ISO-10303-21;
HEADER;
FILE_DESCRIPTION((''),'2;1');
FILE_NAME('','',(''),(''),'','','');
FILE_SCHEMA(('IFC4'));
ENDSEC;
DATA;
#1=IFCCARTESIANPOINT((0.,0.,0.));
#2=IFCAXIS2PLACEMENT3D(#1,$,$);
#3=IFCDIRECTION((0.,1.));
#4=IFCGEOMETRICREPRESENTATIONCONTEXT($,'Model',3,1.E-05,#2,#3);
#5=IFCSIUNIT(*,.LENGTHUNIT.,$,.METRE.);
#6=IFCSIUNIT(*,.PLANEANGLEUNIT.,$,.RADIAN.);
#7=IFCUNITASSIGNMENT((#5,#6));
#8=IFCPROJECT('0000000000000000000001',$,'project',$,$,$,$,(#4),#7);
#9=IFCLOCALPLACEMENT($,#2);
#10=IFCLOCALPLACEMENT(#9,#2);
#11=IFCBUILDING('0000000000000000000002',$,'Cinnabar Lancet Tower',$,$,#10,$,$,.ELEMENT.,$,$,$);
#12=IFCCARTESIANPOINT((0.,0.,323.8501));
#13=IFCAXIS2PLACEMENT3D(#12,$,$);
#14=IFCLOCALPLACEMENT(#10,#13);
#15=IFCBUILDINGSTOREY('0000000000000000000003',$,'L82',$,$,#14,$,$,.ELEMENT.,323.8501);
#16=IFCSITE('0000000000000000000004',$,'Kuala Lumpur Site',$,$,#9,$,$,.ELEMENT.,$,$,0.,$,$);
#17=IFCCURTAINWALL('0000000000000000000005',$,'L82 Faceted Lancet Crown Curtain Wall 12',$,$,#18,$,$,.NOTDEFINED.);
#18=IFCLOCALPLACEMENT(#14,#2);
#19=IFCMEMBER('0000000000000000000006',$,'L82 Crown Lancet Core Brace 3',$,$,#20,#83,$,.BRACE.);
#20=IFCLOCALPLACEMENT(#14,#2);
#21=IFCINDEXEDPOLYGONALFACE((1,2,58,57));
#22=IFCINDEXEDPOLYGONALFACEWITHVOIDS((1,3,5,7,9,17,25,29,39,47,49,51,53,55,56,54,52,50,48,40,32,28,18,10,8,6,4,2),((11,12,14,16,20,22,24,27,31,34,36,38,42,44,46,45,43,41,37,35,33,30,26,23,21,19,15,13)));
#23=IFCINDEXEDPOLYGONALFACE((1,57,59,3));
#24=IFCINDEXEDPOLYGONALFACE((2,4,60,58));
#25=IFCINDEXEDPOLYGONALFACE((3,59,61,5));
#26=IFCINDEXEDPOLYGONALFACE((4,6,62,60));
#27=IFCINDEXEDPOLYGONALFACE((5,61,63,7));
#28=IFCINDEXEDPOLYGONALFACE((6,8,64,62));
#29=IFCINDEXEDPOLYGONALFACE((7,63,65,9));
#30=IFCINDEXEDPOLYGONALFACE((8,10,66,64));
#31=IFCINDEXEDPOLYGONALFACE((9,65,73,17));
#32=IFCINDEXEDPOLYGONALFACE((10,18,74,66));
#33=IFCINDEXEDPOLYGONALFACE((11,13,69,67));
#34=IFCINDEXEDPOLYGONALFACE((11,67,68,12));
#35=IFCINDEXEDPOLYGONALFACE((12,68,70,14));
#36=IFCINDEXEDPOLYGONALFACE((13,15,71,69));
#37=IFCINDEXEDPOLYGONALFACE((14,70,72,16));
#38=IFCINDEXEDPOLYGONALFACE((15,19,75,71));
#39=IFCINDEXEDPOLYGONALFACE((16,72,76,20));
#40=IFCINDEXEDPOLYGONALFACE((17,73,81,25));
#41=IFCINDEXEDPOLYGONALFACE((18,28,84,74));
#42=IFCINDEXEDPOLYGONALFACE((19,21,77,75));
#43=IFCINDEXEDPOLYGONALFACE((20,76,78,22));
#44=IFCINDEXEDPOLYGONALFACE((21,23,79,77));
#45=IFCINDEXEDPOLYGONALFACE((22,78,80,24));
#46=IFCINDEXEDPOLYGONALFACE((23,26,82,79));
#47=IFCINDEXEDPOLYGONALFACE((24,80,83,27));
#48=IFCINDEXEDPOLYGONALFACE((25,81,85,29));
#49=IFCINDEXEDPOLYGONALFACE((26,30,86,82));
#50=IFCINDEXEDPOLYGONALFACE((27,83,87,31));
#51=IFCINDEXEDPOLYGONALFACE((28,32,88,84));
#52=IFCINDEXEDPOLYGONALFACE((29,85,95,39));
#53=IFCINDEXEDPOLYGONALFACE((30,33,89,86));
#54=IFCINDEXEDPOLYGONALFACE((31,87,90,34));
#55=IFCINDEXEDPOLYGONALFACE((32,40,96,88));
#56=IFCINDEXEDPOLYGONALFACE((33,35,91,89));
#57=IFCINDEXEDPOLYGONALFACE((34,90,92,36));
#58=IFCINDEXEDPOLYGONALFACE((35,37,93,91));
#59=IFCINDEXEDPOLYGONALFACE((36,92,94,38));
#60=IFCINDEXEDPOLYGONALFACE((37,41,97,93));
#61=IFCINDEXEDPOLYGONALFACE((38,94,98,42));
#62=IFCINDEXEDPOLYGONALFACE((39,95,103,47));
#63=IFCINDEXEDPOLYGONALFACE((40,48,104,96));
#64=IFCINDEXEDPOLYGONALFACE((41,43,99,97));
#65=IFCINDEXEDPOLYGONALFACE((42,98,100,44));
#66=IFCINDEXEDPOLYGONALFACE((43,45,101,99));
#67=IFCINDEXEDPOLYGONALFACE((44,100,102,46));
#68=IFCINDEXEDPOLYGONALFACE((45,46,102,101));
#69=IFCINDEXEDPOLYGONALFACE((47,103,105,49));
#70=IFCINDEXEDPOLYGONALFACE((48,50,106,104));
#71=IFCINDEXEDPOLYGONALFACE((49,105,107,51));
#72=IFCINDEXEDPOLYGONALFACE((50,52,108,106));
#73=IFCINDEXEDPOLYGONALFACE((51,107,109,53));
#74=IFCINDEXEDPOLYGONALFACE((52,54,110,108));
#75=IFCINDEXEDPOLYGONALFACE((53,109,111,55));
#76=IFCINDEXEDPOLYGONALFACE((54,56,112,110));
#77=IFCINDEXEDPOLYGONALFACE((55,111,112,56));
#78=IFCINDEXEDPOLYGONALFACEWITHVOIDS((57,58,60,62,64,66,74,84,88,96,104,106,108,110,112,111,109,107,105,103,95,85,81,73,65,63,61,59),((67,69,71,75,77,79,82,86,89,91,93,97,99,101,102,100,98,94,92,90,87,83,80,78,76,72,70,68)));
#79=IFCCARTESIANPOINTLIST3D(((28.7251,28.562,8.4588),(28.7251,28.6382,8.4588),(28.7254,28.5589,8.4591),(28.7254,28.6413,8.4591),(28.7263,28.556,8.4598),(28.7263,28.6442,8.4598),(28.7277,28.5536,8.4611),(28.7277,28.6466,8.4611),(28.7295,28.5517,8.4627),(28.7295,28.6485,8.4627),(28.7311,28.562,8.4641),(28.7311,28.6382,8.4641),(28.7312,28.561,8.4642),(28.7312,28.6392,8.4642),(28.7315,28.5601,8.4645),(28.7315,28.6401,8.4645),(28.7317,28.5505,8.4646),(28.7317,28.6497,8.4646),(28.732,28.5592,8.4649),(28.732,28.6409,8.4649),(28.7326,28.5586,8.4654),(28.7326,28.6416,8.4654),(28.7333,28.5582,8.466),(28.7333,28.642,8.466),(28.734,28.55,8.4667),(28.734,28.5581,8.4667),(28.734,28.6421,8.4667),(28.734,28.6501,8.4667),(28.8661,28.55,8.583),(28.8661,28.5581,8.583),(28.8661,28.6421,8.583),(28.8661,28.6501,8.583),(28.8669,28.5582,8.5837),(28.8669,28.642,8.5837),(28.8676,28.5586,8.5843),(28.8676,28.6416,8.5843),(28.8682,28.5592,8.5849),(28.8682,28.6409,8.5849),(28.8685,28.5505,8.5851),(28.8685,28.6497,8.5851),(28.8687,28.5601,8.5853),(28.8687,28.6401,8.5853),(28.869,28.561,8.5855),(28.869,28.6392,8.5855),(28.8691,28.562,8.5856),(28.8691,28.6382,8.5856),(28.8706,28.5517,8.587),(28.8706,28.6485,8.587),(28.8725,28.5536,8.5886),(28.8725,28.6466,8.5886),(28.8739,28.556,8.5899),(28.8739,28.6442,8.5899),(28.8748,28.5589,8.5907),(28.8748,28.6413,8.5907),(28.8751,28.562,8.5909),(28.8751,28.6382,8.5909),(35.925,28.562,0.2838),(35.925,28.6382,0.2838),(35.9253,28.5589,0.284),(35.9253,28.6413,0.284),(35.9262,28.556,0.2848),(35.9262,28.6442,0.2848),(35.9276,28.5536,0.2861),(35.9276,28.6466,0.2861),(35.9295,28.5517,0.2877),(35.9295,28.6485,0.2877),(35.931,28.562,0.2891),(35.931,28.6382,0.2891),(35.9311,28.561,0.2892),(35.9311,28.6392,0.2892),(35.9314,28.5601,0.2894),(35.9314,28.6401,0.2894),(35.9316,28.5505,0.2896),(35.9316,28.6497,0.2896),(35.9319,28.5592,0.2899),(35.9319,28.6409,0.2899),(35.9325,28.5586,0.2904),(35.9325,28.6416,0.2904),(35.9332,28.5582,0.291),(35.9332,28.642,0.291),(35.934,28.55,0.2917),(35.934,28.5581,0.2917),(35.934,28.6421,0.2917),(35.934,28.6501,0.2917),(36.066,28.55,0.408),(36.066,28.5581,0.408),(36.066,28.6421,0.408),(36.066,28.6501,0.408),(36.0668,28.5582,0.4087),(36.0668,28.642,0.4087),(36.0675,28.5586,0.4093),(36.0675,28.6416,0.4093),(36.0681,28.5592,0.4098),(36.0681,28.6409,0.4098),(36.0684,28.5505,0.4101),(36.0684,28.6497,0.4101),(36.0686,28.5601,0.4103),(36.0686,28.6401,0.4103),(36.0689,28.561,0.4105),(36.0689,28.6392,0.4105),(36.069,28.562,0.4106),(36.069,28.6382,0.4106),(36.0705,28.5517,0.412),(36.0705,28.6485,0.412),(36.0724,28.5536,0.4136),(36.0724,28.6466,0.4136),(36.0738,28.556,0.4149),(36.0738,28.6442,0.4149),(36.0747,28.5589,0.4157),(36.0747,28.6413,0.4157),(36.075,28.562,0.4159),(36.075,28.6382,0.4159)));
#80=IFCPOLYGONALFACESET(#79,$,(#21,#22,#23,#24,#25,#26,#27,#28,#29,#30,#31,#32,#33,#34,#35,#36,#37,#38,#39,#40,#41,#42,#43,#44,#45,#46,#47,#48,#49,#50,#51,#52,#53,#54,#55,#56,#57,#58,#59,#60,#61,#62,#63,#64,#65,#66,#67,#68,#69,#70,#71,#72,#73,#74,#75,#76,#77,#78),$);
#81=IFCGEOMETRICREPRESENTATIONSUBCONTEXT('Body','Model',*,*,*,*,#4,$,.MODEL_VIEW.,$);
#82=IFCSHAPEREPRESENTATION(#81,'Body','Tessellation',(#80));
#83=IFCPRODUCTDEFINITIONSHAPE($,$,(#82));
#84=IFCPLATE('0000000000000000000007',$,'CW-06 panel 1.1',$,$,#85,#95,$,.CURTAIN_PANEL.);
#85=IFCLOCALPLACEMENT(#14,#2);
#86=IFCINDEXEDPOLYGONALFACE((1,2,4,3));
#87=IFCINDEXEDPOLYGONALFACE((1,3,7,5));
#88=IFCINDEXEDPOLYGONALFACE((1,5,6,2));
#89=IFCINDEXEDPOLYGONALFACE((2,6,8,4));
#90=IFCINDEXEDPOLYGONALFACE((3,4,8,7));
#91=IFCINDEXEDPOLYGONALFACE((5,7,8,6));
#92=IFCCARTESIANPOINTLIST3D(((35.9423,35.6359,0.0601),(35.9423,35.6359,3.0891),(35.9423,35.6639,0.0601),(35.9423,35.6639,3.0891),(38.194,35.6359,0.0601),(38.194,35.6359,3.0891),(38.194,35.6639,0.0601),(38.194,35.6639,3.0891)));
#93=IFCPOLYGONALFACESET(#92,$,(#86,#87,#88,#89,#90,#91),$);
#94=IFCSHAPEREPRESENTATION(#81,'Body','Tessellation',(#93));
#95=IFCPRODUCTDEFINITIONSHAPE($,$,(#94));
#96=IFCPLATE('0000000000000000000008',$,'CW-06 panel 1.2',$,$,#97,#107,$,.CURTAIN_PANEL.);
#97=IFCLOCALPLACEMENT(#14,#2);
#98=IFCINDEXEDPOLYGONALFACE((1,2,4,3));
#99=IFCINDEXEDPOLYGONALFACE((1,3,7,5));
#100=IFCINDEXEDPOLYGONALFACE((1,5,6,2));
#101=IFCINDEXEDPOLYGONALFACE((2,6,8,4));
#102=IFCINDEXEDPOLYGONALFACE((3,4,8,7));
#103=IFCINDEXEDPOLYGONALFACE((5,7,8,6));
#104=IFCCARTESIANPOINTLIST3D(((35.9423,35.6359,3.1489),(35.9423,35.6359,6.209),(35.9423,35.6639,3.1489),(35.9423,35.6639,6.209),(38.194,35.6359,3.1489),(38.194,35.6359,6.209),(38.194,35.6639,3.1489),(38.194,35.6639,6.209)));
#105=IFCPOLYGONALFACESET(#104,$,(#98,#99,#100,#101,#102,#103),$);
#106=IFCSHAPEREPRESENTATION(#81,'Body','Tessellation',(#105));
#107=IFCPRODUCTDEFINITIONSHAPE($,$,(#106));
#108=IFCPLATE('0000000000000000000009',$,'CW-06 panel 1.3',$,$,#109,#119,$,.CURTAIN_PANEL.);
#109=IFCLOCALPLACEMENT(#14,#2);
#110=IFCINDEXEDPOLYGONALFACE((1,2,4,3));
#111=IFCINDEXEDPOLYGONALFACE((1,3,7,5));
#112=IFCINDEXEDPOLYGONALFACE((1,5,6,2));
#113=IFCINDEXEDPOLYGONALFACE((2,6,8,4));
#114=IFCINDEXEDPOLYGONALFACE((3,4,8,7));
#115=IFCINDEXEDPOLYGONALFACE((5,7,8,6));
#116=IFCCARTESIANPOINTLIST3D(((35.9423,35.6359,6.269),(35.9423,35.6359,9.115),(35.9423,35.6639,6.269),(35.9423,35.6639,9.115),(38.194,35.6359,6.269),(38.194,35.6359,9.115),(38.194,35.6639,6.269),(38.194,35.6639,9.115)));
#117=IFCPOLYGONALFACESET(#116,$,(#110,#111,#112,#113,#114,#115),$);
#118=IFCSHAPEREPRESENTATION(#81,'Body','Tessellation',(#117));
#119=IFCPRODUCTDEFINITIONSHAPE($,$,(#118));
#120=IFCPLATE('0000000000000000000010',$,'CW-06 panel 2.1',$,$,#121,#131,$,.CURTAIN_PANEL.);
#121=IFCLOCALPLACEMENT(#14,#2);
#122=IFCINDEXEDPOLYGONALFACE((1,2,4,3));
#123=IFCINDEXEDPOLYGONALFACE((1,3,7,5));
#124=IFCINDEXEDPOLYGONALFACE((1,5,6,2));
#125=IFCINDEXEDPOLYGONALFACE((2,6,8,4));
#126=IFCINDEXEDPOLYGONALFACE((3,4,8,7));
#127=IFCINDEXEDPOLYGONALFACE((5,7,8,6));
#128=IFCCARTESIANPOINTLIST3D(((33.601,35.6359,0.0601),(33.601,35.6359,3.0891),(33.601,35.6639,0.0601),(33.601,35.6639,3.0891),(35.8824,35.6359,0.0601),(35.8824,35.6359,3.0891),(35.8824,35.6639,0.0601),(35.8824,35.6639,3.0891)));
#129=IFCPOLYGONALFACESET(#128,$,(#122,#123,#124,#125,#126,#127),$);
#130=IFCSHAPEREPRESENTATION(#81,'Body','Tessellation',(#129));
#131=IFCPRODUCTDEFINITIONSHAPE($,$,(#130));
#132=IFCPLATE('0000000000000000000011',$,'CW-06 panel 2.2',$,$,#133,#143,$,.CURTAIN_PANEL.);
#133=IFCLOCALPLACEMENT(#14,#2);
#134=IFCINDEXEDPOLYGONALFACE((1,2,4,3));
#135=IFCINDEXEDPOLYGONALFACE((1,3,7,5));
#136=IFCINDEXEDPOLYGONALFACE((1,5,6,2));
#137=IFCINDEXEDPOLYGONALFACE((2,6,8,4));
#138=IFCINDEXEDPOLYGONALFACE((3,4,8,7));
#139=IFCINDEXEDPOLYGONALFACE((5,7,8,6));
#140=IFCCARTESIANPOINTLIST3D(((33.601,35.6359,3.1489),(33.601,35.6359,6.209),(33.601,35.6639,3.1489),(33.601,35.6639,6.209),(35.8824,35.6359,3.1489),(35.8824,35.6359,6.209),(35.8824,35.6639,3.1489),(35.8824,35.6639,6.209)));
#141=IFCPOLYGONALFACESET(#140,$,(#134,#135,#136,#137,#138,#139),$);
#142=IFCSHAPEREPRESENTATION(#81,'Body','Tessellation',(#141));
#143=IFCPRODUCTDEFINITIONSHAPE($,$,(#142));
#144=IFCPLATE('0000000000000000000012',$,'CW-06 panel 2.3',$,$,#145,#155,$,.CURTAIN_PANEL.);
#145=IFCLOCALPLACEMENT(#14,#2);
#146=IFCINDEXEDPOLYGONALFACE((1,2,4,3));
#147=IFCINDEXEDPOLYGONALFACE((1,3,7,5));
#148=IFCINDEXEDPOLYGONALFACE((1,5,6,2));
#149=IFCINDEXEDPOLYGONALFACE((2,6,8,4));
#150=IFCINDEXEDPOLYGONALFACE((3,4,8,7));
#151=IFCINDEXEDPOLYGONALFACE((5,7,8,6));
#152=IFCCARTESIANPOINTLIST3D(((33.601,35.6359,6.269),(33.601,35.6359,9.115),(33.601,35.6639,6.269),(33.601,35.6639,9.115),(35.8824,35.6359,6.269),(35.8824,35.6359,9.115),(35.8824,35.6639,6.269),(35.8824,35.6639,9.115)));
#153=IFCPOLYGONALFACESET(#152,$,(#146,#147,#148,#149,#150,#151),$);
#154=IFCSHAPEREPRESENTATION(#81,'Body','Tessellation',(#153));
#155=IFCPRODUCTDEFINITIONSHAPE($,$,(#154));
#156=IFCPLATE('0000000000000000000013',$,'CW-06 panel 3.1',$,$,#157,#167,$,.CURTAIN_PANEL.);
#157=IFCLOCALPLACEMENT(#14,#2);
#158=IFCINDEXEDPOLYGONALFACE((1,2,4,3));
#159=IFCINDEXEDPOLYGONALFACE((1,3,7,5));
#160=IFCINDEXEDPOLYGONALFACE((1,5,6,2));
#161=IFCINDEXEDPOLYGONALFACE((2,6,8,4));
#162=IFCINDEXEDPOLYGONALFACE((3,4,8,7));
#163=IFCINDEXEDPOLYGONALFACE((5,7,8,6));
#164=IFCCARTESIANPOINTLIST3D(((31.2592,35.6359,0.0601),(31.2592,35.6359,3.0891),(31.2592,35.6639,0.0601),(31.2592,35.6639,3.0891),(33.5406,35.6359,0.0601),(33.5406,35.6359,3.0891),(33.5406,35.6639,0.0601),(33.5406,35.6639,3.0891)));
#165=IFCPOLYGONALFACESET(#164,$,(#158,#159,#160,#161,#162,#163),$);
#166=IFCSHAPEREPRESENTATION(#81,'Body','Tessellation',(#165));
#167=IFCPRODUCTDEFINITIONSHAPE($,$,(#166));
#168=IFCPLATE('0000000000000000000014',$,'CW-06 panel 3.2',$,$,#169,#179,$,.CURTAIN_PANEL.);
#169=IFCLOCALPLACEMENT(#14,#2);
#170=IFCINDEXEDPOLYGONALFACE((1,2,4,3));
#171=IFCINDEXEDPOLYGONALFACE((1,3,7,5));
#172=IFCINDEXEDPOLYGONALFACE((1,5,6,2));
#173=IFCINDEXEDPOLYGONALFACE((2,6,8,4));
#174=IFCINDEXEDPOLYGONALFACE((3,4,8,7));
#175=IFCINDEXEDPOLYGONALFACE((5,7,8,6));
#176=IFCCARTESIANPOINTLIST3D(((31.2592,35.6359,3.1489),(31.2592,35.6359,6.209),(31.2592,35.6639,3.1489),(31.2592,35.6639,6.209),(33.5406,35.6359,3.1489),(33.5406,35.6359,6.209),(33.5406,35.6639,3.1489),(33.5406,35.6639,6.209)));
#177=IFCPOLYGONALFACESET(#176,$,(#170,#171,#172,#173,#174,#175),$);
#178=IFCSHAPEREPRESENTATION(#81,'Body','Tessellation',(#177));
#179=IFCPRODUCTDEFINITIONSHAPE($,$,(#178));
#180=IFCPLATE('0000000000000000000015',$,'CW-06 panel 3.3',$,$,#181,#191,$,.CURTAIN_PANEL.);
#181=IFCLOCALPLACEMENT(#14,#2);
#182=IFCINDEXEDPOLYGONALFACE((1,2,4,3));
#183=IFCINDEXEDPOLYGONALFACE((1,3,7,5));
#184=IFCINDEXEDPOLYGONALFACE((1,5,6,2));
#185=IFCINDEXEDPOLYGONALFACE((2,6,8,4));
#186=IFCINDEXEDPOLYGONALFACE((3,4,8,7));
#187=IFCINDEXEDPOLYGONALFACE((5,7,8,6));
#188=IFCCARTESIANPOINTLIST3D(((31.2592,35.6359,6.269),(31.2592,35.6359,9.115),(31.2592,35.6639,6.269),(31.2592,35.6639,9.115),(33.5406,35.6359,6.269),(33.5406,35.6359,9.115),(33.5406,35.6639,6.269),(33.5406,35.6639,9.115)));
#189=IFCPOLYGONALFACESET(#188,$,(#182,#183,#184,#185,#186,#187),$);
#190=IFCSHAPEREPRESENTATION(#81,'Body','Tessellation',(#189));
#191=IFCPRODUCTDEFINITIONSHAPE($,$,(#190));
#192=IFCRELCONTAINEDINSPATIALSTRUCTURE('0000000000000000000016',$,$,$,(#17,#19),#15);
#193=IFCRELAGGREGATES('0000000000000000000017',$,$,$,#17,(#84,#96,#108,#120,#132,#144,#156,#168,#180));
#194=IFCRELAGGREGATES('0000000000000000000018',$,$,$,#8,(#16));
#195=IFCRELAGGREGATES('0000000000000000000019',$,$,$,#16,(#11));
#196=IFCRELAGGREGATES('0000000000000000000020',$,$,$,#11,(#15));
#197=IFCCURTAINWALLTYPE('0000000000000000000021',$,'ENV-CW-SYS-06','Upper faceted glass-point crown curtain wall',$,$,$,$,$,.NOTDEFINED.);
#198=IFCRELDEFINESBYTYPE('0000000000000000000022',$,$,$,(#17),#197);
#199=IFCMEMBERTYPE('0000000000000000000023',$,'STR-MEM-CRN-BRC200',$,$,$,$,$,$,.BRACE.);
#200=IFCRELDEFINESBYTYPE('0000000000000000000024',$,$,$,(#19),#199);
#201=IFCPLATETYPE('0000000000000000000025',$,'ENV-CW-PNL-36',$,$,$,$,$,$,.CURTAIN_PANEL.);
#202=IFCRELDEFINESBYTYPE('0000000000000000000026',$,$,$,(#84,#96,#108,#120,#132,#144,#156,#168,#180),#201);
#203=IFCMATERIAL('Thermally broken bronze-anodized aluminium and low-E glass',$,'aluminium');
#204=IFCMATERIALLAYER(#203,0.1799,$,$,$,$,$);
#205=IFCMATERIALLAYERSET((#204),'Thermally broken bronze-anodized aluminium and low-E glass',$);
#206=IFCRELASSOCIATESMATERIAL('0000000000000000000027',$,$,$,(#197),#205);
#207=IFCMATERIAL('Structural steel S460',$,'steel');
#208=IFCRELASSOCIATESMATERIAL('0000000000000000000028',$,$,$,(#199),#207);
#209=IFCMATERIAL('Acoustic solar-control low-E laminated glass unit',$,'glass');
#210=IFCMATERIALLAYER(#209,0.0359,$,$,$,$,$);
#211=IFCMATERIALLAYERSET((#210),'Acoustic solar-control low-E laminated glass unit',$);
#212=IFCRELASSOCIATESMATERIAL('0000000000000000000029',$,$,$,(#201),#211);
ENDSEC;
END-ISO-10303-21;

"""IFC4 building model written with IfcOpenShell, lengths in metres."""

from ifc_helpers import new_model, si_unit, direction, frame, origin, origin_2d, place, context, subcontext, project, spatial, rectangle, hollow_rectangle, extrude, material, layer, layer_set, material_profile, profile_set, type_object, element, aggregate, save


model = new_model("IFC4")

# Units and contexts
model_context = context("Model", 3, precision=1e-05, world=origin(), true_north=direction((0.0, 1.0)))
body_context = subcontext(model_context, "Body", "Model", "MODEL_VIEW")
ifc_project = project(units=[si_unit("LENGTHUNIT", "METRE"), si_unit("PLANEANGLEUNIT", "RADIAN")], contexts=[model_context])

# Site, building, storey
site_placement = place(None, origin())
site = spatial("IfcSite", under=ifc_project, at=site_placement, Name="Kuala Lumpur Site", CompositionType="ELEMENT", RefElevation=0.0)
building_placement = place(site_placement, origin())
building = spatial("IfcBuilding", under=site, at=building_placement, Name="Cinnabar Lancet Tower", CompositionType="ELEMENT")
storey_placement = place(building_placement, frame((0.0, 0.0, 323.8501)))
storey = spatial("IfcBuildingStorey", under=building, at=storey_placement, Name="L82", CompositionType="ELEMENT", Elevation=323.8501)

# Shared definitions
ifc_material_1 = material(Name="Thermally broken bronze-anodized aluminium and low-E glass", Category="aluminium")
ifc_layer_1 = layer(ifc_material_1, 0.1799)
ifc_layer_set_1 = layer_set([ifc_layer_1], Name="Thermally broken bronze-anodized aluminium and low-E glass")
curtain_wall_type = type_object("IfcCurtainWallType", Name="ENV-CW-SYS-06", Description="Upper faceted glass-point crown curtain wall", PredefinedType="NOTDEFINED", material=ifc_layer_set_1)

# Curtain wall
curtain_wall_1_placement = place(storey_placement, origin())
curtain_wall_1 = element("IfcCurtainWall", 1, at=curtain_wall_1_placement, inside=storey, type_object=curtain_wall_type, Name="L82 Faceted Lancet Crown Curtain Wall 12", PredefinedType="NOTDEFINED")

# Member
ifc_material_2 = material(Name="Structural steel S460", Category="steel")
ifc_material_profile_1 = material_profile(ifc_material_2, hollow_rectangle(XDim=0.1001, YDim=0.2, WallThickness=0.0081, InnerFilletRadius=0.0039, OuterFilletRadius=0.012, at=origin_2d()), Name="RHS 200x100x8")
ifc_profile_set_1 = profile_set([ifc_material_profile_1], Name="Structural steel S460")
member_type_1 = type_object("IfcMemberType", Name="STR-MEM-CRN-BRC200", PredefinedType="BRACE", material=ifc_profile_set_1)
member_1_placement = place(storey_placement, frame((36.0, 28.6001, 0.3499), z_axis=(-0.660933, 0.0, 0.750444), x_axis=(0.0, -1.0, 0.0)))
element("IfcMember", 2, at=member_1_placement, inside=storey, type_object=member_type_1, Name="L82 Crown Lancet Core Brace 3", PredefinedType="BRACE", context=body_context, shape_type="SweptSolid", body=[
    extrude(hollow_rectangle(XDim=0.1001, YDim=0.2, WallThickness=0.0081, InnerFilletRadius=0.0039, OuterFilletRadius=0.012, at=origin_2d()), origin(), (0.0, 0.0, 1.0), 10.8936),
])

# Plates
ifc_material_3 = material(Name="Acoustic solar-control low-E laminated glass unit", Category="glass")
ifc_layer_2 = layer(ifc_material_3, 0.0359)
ifc_layer_set_2 = layer_set([ifc_layer_2], Name="Acoustic solar-control low-E laminated glass unit")
plate_type_1 = type_object("IfcPlateType", Name="ENV-CW-PNL-36", PredefinedType="CURTAIN_PANEL", material=ifc_layer_set_2)
plate_1_placement = place(storey_placement, frame((37.0681, 35.6499, 0.0601), z_axis=(0.0, 0.0, 1.0), x_axis=(-1.0, 0.0, 0.0)))
plate_1 = element("IfcPlate", 3, at=plate_1_placement, type_object=plate_type_1, Name="CW-06 panel 1.1", PredefinedType="CURTAIN_PANEL", context=body_context, shape_type="SweptSolid", body=[
    extrude(rectangle(XDim=2.2517, YDim=0.0281, at=origin_2d()), origin(), (0.0, 0.0, 1.0), 3.0291),
])
plate_2_placement = place(storey_placement, frame((37.0681, 35.6499, 3.1489), z_axis=(0.0, 0.0, 1.0), x_axis=(-1.0, 0.0, 0.0)))
plate_2 = element("IfcPlate", 4, at=plate_2_placement, type_object=plate_type_1, Name="CW-06 panel 1.2", PredefinedType="CURTAIN_PANEL", context=body_context, shape_type="SweptSolid", body=[
    extrude(rectangle(XDim=2.2517, YDim=0.0281, at=origin_2d()), origin(), (0.0, 0.0, 1.0), 3.0601),
])
plate_3_placement = place(storey_placement, frame((37.0681, 35.6499, 6.269), z_axis=(0.0, 0.0, 1.0), x_axis=(-1.0, 0.0, 0.0)))
plate_3 = element("IfcPlate", 5, at=plate_3_placement, type_object=plate_type_1, Name="CW-06 panel 1.3", PredefinedType="CURTAIN_PANEL", context=body_context, shape_type="SweptSolid", body=[
    extrude(rectangle(XDim=2.2517, YDim=0.0281, at=origin_2d()), origin(), (0.0, 0.0, 1.0), 2.8459),
])
plate_4_placement = place(storey_placement, frame((34.7417, 35.6499, 0.0601), z_axis=(0.0, 0.0, 1.0), x_axis=(-1.0, 0.0, 0.0)))
plate_4 = element("IfcPlate", 6, at=plate_4_placement, type_object=plate_type_1, Name="CW-06 panel 2.1", PredefinedType="CURTAIN_PANEL", context=body_context, shape_type="SweptSolid", body=[
    extrude(rectangle(XDim=2.2815, YDim=0.0281, at=origin_2d()), origin(), (0.0, 0.0, 1.0), 3.0291),
])
plate_5_placement = place(storey_placement, frame((34.7417, 35.6499, 3.1489), z_axis=(0.0, 0.0, 1.0), x_axis=(-1.0, 0.0, 0.0)))
plate_5 = element("IfcPlate", 7, at=plate_5_placement, type_object=plate_type_1, Name="CW-06 panel 2.2", PredefinedType="CURTAIN_PANEL", context=body_context, shape_type="SweptSolid", body=[
    extrude(rectangle(XDim=2.2815, YDim=0.0281, at=origin_2d()), origin(), (0.0, 0.0, 1.0), 3.0601),
])
plate_6_placement = place(storey_placement, frame((34.7417, 35.6499, 6.269), z_axis=(0.0, 0.0, 1.0), x_axis=(-1.0, 0.0, 0.0)))
plate_6 = element("IfcPlate", 8, at=plate_6_placement, type_object=plate_type_1, Name="CW-06 panel 2.3", PredefinedType="CURTAIN_PANEL", context=body_context, shape_type="SweptSolid", body=[
    extrude(rectangle(XDim=2.2815, YDim=0.0281, at=origin_2d()), origin(), (0.0, 0.0, 1.0), 2.8459),
])
plate_7_placement = place(storey_placement, frame((32.3999, 35.6499, 0.0601), z_axis=(0.0, 0.0, 1.0), x_axis=(-1.0, 0.0, 0.0)))
plate_7 = element("IfcPlate", 9, at=plate_7_placement, type_object=plate_type_1, Name="CW-06 panel 3.1", PredefinedType="CURTAIN_PANEL", context=body_context, shape_type="SweptSolid", body=[
    extrude(rectangle(XDim=2.2815, YDim=0.0281, at=origin_2d()), origin(), (0.0, 0.0, 1.0), 3.0291),
])
plate_8_placement = place(storey_placement, frame((32.3999, 35.6499, 3.1489), z_axis=(0.0, 0.0, 1.0), x_axis=(-1.0, 0.0, 0.0)))
plate_8 = element("IfcPlate", 10, at=plate_8_placement, type_object=plate_type_1, Name="CW-06 panel 3.2", PredefinedType="CURTAIN_PANEL", context=body_context, shape_type="SweptSolid", body=[
    extrude(rectangle(XDim=2.2815, YDim=0.0281, at=origin_2d()), origin(), (0.0, 0.0, 1.0), 3.0601),
])
plate_9_placement = place(storey_placement, frame((32.3999, 35.6499, 6.269), z_axis=(0.0, 0.0, 1.0), x_axis=(-1.0, 0.0, 0.0)))
plate_9 = element("IfcPlate", 11, at=plate_9_placement, type_object=plate_type_1, Name="CW-06 panel 3.3", PredefinedType="CURTAIN_PANEL", context=body_context, shape_type="SweptSolid", body=[
    extrude(rectangle(XDim=2.2815, YDim=0.0281, at=origin_2d()), origin(), (0.0, 0.0, 1.0), 2.8459),
])
aggregate(curtain_wall_1, [plate_1, plate_2, plate_3, plate_4, plate_5, plate_6, plate_7, plate_8, plate_9])

save(model, "model.ifc")
